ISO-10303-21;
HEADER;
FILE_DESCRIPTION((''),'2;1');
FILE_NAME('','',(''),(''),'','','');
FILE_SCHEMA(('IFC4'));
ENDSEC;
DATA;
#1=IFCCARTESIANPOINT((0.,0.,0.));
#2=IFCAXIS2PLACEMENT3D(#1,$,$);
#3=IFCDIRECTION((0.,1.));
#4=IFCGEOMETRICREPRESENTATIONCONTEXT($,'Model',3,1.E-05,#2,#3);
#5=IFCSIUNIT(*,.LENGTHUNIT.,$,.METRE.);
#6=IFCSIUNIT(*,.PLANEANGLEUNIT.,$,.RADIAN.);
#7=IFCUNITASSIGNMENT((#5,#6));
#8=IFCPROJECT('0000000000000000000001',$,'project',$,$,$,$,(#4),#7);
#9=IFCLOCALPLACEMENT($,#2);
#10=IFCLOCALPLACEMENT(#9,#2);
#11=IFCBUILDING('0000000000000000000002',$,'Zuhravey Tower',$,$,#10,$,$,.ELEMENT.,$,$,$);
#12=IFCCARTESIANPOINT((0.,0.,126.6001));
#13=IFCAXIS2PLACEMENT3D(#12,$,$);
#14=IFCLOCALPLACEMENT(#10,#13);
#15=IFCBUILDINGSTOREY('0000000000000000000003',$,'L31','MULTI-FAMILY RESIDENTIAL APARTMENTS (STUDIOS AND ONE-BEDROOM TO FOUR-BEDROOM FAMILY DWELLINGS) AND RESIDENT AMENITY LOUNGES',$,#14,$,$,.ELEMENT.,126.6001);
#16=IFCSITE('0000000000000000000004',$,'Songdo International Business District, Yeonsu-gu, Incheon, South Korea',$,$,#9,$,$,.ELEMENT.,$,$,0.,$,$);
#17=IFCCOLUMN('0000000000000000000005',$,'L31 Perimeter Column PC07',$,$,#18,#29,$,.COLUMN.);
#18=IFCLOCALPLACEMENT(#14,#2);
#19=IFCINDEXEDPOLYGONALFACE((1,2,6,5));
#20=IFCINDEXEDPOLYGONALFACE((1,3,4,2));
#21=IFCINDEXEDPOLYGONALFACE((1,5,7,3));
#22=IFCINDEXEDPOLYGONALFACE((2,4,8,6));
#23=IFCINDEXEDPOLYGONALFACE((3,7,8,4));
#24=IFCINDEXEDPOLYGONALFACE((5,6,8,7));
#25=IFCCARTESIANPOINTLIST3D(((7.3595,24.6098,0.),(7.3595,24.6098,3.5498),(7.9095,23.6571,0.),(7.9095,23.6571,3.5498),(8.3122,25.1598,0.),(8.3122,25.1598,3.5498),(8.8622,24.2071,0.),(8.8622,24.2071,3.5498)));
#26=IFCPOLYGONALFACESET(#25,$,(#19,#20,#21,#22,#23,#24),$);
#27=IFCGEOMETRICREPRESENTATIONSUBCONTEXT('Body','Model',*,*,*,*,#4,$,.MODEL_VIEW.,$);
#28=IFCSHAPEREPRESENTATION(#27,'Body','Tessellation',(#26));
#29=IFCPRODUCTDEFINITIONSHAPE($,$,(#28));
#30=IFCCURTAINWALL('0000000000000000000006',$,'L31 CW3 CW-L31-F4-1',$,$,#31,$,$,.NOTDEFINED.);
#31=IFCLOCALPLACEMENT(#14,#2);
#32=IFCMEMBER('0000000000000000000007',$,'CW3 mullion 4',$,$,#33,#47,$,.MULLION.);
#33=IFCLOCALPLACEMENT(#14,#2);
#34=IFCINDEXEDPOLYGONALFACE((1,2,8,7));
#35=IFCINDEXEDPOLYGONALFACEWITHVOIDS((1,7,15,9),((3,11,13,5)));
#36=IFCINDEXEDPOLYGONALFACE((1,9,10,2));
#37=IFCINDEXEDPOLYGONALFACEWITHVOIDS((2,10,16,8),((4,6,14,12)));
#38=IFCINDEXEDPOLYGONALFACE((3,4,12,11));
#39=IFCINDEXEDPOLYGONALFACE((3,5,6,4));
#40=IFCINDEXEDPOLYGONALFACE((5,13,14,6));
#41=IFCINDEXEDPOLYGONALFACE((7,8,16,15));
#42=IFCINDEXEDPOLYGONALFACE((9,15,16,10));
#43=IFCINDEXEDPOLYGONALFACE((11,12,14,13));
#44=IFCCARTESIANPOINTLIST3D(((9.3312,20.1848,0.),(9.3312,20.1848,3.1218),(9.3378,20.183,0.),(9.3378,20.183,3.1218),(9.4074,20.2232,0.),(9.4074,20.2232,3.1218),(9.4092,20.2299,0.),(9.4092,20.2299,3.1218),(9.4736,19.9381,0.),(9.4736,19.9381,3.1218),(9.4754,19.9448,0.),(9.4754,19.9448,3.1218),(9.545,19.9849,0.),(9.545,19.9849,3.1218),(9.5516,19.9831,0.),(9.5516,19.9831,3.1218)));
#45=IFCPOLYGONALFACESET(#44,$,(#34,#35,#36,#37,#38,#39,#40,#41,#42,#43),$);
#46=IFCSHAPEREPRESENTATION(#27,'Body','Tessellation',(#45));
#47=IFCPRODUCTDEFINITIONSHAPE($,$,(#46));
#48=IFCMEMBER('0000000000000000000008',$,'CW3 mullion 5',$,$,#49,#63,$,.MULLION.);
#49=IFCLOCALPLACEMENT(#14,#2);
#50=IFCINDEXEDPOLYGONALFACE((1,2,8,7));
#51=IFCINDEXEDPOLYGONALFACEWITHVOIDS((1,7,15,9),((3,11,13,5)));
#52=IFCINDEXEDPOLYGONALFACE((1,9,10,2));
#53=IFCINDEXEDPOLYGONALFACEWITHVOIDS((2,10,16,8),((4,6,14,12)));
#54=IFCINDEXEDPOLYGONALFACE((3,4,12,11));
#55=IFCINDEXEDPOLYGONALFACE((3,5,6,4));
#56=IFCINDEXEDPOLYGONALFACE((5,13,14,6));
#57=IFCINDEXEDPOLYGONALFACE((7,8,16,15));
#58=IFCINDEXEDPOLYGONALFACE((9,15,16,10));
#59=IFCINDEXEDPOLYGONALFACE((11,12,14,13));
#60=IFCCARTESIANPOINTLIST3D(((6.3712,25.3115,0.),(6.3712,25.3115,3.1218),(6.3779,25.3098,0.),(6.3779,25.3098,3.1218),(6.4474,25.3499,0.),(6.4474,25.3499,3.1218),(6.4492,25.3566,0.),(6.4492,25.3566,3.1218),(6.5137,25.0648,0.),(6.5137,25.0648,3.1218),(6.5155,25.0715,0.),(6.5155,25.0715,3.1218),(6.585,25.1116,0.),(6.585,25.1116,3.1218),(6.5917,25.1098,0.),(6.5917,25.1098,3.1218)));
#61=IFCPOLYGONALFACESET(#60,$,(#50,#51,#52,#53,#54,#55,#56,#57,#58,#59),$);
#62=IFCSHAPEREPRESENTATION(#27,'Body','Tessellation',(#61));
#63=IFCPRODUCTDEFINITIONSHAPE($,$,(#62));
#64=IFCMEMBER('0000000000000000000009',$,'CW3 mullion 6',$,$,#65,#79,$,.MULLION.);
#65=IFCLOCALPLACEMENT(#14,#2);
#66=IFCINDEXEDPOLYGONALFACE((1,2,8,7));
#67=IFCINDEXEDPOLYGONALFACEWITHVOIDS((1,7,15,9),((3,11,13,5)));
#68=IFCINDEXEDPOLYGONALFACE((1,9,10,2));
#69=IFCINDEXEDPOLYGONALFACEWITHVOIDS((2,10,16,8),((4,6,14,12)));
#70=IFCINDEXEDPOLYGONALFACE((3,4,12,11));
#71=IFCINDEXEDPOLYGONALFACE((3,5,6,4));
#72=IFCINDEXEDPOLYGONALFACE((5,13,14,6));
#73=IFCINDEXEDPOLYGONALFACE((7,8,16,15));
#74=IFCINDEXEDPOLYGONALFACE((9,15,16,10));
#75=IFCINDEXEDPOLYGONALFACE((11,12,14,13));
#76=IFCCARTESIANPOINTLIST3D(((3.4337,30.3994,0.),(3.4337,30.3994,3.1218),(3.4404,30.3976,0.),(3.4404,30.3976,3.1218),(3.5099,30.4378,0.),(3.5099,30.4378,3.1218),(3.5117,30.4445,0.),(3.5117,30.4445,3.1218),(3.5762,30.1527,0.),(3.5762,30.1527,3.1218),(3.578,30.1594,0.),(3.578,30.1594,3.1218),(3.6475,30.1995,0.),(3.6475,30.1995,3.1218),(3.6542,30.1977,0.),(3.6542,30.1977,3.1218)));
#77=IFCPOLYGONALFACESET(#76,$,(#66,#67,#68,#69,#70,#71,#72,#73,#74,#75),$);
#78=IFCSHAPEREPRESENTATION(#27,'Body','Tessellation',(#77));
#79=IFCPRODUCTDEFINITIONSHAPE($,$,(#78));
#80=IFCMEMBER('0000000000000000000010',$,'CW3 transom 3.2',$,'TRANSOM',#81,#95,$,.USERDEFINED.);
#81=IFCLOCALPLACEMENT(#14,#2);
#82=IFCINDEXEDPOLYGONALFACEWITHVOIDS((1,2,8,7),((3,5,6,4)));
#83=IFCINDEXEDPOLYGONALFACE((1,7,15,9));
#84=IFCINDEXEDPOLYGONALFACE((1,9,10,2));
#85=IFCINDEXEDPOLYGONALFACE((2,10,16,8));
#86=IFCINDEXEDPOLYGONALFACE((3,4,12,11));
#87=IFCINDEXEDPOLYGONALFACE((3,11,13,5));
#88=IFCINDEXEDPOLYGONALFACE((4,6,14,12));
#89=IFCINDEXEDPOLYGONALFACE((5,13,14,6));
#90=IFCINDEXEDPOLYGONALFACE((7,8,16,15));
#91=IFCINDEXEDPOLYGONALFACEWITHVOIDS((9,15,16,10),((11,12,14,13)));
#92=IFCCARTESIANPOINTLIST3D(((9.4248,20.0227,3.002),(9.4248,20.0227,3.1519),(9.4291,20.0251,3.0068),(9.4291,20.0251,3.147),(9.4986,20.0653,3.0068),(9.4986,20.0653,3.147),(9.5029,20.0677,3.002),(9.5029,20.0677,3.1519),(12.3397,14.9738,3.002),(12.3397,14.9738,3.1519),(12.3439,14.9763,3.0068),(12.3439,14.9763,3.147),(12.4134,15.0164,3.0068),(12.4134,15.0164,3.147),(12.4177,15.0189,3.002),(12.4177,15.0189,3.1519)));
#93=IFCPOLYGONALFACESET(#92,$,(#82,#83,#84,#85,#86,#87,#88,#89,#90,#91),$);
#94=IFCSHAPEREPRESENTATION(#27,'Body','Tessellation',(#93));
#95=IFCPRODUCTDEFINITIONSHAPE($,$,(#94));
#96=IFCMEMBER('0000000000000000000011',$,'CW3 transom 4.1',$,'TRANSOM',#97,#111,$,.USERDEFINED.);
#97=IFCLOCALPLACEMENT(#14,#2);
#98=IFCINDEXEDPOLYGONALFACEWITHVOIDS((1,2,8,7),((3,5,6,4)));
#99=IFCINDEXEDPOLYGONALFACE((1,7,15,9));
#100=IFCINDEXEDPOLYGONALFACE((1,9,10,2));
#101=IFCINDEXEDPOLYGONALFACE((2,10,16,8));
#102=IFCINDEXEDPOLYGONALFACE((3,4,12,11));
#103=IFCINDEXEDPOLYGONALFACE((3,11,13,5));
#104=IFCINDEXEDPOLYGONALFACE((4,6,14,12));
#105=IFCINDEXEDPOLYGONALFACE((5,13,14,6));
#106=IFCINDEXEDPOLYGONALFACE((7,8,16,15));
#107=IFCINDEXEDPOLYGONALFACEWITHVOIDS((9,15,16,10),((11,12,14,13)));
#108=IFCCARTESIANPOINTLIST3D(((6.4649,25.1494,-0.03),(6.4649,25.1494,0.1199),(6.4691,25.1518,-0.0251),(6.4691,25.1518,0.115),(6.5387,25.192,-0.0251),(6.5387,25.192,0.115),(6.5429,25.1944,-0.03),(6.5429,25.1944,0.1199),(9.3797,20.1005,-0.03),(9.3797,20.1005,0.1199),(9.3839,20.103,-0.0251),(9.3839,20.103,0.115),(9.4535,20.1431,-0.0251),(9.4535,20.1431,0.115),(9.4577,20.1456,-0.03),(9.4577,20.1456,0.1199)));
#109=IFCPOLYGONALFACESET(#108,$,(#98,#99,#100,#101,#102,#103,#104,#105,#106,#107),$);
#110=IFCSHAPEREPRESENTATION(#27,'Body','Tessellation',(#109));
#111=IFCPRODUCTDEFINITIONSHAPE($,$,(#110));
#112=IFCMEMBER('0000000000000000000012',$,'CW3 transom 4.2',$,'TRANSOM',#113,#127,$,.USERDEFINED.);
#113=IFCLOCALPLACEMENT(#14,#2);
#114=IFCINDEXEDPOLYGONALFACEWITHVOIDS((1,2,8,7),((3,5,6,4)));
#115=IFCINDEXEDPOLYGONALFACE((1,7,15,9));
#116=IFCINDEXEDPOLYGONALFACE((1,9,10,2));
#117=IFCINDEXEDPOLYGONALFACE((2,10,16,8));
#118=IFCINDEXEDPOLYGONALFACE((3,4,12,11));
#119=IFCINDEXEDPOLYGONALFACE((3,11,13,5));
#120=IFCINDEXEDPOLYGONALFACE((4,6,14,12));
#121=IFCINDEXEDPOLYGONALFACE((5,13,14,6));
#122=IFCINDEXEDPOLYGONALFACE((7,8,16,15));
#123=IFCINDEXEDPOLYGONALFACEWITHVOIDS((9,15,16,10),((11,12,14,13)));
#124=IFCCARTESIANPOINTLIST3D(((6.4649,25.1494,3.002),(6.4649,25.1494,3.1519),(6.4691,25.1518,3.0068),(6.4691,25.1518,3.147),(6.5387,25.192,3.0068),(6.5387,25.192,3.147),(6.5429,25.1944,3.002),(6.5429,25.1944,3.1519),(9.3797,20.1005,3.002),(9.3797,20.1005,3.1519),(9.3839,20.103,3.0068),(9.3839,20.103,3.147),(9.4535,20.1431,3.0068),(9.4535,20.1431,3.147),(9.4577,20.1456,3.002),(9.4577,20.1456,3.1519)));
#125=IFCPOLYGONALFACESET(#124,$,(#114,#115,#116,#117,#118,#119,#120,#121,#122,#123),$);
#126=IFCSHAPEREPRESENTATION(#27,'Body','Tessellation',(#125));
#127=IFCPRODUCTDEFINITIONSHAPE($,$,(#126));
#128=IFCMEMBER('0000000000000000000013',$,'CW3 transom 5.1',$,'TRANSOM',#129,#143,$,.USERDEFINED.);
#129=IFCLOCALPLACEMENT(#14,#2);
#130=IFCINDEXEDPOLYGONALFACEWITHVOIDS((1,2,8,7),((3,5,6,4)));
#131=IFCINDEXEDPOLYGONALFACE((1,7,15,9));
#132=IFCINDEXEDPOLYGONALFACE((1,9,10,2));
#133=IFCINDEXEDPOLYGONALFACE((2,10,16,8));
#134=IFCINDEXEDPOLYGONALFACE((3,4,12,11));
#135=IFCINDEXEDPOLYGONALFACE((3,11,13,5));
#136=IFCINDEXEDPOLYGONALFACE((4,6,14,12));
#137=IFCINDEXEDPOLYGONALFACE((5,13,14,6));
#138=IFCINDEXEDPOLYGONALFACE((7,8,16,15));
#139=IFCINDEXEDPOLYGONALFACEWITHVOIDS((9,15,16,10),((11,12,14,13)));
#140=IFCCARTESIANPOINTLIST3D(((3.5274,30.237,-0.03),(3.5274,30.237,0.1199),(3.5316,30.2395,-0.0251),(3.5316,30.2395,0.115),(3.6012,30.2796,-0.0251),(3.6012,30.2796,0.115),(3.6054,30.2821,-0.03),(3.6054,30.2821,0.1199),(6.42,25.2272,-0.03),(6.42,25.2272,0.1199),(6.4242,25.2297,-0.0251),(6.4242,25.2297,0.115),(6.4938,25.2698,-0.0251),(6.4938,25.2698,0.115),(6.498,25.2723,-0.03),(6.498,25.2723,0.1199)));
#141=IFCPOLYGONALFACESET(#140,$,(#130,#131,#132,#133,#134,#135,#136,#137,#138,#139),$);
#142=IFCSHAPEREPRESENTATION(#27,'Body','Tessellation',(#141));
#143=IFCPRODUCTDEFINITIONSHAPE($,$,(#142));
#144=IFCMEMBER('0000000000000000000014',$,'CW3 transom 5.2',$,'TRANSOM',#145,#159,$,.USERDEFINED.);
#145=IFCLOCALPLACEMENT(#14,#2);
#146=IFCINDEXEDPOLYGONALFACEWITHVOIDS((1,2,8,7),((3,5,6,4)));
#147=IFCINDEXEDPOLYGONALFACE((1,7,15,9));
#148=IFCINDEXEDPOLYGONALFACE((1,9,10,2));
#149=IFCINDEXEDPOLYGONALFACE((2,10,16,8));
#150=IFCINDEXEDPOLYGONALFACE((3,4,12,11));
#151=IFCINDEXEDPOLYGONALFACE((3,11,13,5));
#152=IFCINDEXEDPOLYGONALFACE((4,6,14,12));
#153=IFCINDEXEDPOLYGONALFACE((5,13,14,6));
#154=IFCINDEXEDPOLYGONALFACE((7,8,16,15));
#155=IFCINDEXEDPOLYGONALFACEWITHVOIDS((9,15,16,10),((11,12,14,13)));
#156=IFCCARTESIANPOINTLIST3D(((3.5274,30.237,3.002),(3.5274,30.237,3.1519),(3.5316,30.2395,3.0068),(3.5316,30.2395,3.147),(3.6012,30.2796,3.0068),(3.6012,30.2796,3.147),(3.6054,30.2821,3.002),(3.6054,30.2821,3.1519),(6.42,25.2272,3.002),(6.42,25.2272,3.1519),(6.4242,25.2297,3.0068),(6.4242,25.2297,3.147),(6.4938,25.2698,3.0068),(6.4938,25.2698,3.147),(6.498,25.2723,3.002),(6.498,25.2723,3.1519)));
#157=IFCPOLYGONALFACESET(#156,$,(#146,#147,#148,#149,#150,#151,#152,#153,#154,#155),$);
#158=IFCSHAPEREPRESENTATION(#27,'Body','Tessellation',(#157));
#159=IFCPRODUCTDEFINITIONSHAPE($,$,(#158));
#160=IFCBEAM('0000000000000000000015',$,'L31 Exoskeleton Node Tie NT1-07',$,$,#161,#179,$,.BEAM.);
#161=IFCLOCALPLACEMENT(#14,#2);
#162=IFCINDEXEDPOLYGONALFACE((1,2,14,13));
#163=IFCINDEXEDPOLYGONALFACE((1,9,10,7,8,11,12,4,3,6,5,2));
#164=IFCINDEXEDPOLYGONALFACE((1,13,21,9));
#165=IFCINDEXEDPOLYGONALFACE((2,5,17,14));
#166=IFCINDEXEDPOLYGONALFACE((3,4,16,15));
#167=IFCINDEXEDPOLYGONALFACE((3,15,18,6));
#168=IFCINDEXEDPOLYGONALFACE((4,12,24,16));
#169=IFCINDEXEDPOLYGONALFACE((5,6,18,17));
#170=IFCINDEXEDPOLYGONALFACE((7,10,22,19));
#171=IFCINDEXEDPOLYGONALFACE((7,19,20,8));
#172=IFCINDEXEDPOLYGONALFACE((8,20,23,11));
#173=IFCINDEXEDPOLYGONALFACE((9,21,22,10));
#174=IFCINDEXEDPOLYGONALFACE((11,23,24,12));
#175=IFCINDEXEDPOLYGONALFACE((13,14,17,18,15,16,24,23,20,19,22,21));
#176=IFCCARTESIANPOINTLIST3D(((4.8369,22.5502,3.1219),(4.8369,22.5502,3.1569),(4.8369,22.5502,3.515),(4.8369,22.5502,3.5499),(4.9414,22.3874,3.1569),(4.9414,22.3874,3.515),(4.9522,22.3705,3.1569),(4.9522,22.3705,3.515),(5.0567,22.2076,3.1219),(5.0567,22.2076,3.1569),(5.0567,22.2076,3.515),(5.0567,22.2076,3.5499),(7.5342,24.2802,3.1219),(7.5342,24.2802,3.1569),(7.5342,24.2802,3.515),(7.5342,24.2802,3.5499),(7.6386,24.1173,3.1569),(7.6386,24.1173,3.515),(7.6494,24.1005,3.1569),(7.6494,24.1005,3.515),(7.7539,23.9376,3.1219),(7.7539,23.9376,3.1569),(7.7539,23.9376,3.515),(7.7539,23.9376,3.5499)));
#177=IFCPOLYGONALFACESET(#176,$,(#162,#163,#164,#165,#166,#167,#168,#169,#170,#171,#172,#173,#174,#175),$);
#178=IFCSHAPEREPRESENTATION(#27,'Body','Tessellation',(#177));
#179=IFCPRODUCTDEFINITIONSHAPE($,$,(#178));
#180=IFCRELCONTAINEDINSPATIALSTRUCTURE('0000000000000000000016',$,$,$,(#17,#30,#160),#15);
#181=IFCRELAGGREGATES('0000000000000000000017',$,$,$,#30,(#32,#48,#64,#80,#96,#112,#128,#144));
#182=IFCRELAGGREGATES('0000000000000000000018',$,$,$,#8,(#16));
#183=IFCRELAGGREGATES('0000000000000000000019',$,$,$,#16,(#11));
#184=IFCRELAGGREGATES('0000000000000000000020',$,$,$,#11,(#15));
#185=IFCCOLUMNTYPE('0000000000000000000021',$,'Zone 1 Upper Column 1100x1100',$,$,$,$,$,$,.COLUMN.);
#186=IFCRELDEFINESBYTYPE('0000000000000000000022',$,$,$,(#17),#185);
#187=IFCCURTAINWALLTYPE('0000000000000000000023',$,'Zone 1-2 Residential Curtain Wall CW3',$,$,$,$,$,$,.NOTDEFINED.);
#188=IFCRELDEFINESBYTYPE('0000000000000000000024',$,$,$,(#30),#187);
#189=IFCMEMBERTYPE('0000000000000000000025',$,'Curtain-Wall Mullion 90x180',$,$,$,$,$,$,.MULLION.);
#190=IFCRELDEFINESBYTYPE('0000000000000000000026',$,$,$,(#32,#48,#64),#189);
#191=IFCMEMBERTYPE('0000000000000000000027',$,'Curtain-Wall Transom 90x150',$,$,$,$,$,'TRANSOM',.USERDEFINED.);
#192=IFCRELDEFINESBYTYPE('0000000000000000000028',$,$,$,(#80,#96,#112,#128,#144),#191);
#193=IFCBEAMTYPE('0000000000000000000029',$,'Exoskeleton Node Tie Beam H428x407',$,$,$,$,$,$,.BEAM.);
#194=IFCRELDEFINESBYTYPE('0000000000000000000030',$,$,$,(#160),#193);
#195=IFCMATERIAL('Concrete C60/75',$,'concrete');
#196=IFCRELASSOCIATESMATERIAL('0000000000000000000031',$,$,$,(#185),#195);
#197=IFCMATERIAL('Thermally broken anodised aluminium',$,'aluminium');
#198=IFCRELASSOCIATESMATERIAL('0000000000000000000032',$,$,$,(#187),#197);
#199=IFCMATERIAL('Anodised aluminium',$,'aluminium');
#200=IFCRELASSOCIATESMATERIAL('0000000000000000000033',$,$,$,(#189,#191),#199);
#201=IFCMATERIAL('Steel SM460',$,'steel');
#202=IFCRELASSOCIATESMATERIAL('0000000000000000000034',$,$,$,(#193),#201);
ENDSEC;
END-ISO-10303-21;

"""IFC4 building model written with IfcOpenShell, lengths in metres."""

from ifc_helpers import new_model, si_unit, direction, frame, origin, origin_2d, place, context, subcontext, project, spatial, rectangle, hollow_rectangle, i_section, extrude, material, material_profile, profile_set, type_object, element, aggregate, save


model = new_model("IFC4")

# Units and contexts
model_context = context("Model", 3, precision=1e-05, world=origin(), true_north=direction((0.0, 1.0)))
body_context = subcontext(model_context, "Body", "Model", "MODEL_VIEW")
ifc_project = project(units=[si_unit("LENGTHUNIT", "METRE"), si_unit("PLANEANGLEUNIT", "RADIAN")], contexts=[model_context])

# Site, building, storey
site_placement = place(None, origin())
site = spatial("IfcSite", under=ifc_project, at=site_placement, Name="Songdo International Business District, Yeonsu-gu, Incheon, South Korea", CompositionType="ELEMENT", RefElevation=0.0)
building_placement = place(site_placement, origin())
building = spatial("IfcBuilding", under=site, at=building_placement, Name="Zuhravey Tower", CompositionType="ELEMENT")
storey_placement = place(building_placement, frame((0.0, 0.0, 126.6001)))
storey = spatial("IfcBuildingStorey", under=building, at=storey_placement, Name="L31", Description="MULTI-FAMILY RESIDENTIAL APARTMENTS (STUDIOS AND ONE-BEDROOM TO FOUR-BEDROOM FAMILY DWELLINGS) AND RESIDENT AMENITY LOUNGES", CompositionType="ELEMENT", Elevation=126.6001)

# Column
ifc_material_1 = material(Name="Concrete C60/75", Category="concrete")
ifc_material_profile_1 = material_profile(ifc_material_1, rectangle(XDim=1.1001, YDim=1.1001, at=origin_2d()), Name="RC-1100x1100")
ifc_profile_set_1 = profile_set([ifc_material_profile_1], Name="Concrete C60/75")
column_type = type_object("IfcColumnType", Name="Zone 1 Upper Column 1100x1100", PredefinedType="COLUMN", material=ifc_profile_set_1)
column_placement = place(storey_placement, frame((8.1108, 24.4084, 0.0), z_axis=(0.0, 0.0, 1.0), x_axis=(0.5, -0.866025, 0.0)))
element("IfcColumn", 1, at=column_placement, inside=storey, type_object=column_type, Name="L31 Perimeter Column PC07", PredefinedType="COLUMN", context=body_context, shape_type="SweptSolid", body=[
    extrude(rectangle(XDim=1.1001, YDim=1.1001, at=origin_2d()), origin(), (0.0, 0.0, 1.0), 3.5498),
])

# Curtain wall, members
ifc_material_2 = material(Name="Thermally broken anodised aluminium", Category="aluminium")
curtain_wall_type = type_object("IfcCurtainWallType", Name="Zone 1-2 Residential Curtain Wall CW3", PredefinedType="NOTDEFINED", material=ifc_material_2)
curtain_wall_placement = place(storey_placement, origin())
curtain_wall = element("IfcCurtainWall", 2, at=curtain_wall_placement, inside=storey, type_object=curtain_wall_type, Name="L31 CW3 CW-L31-F4-1", PredefinedType="NOTDEFINED")
ifc_material_3 = material(Name="Anodised aluminium", Category="aluminium")
ifc_material_profile_2 = material_profile(ifc_material_3, hollow_rectangle(XDim=0.0901, YDim=0.2849, WallThickness=0.0049, at=origin_2d()), Name="ALU-RHS-90x285x5")
ifc_profile_set_2 = profile_set([ifc_material_profile_2], Name="Anodised aluminium")
member_type_1 = type_object("IfcMemberType", Name="Curtain-Wall Mullion 90x180", PredefinedType="MULLION", material=ifc_profile_set_2)
member_1_placement = place(storey_placement, frame((9.4414, 20.084, 0.0), z_axis=(0.0, 0.0, 1.0), x_axis=(-0.866026, -0.5, 0.0)))
member_1 = element("IfcMember", 3, at=member_1_placement, type_object=member_type_1, Name="CW3 mullion 4", PredefinedType="MULLION", context=body_context, shape_type="SweptSolid", body=[
    extrude(hollow_rectangle(XDim=0.0901, YDim=0.2849, WallThickness=0.0049, at=origin_2d()), origin(), (0.0, 0.0, 1.0), 3.1218),
])
member_2_placement = place(storey_placement, frame((6.4814, 25.2107, 0.0), z_axis=(0.0, 0.0, 1.0), x_axis=(-0.866026, -0.5, 0.0)))
member_2 = element("IfcMember", 4, at=member_2_placement, type_object=member_type_1, Name="CW3 mullion 5", PredefinedType="MULLION", context=body_context, shape_type="SweptSolid", body=[
    extrude(hollow_rectangle(XDim=0.0901, YDim=0.2849, WallThickness=0.0049, at=origin_2d()), origin(), (0.0, 0.0, 1.0), 3.1218),
])
member_3_placement = place(storey_placement, frame((3.5439, 30.2986, 0.0), z_axis=(0.0, 0.0, 1.0), x_axis=(-0.866026, -0.5, 0.0)))
member_3 = element("IfcMember", 5, at=member_3_placement, type_object=member_type_1, Name="CW3 mullion 6", PredefinedType="MULLION", context=body_context, shape_type="SweptSolid", body=[
    extrude(hollow_rectangle(XDim=0.0901, YDim=0.2849, WallThickness=0.0049, at=origin_2d()), origin(), (0.0, 0.0, 1.0), 3.1218),
])
ifc_material_profile_3 = material_profile(ifc_material_3, hollow_rectangle(XDim=0.0901, YDim=0.1499, WallThickness=0.0049, at=origin_2d()), Name="ALU-RHS-90x150x5")
ifc_profile_set_3 = profile_set([ifc_material_profile_3], Name="Anodised aluminium")
member_type_2 = type_object("IfcMemberType", Name="Curtain-Wall Transom 90x150", ElementType="TRANSOM", PredefinedType="USERDEFINED", material=ifc_profile_set_3)
member_4_placement = place(storey_placement, frame((12.3787, 14.9963, 3.0769), z_axis=(-0.499981, 0.866036, 0.0), x_axis=(-0.866036, -0.499981, 0.0)))
member_4 = element("IfcMember", 6, at=member_4_placement, type_object=member_type_2, Name="CW3 transom 3.2", ObjectType="TRANSOM", PredefinedType="USERDEFINED", context=body_context, shape_type="SweptSolid", body=[
    extrude(hollow_rectangle(XDim=0.0901, YDim=0.1499, WallThickness=0.0049, at=origin_2d()), origin(), (0.0, 0.0, 1.0), 5.8298),
])
member_5_placement = place(storey_placement, frame((9.4187, 20.123, 0.0449), z_axis=(-0.499981, 0.866036, 0.0), x_axis=(-0.866036, -0.499981, 0.0)))
member_5 = element("IfcMember", 7, at=member_5_placement, type_object=member_type_2, Name="CW3 transom 4.1", ObjectType="TRANSOM", PredefinedType="USERDEFINED", context=body_context, shape_type="SweptSolid", body=[
    extrude(hollow_rectangle(XDim=0.0901, YDim=0.1499, WallThickness=0.0049, at=origin_2d()), origin(), (0.0, 0.0, 1.0), 5.8298),
])
member_6_placement = place(storey_placement, frame((9.4187, 20.123, 3.0769), z_axis=(-0.499981, 0.866036, 0.0), x_axis=(-0.866036, -0.499981, 0.0)))
member_6 = element("IfcMember", 8, at=member_6_placement, type_object=member_type_2, Name="CW3 transom 4.2", ObjectType="TRANSOM", PredefinedType="USERDEFINED", context=body_context, shape_type="SweptSolid", body=[
    extrude(hollow_rectangle(XDim=0.0901, YDim=0.1499, WallThickness=0.0049, at=origin_2d()), origin(), (0.0, 0.0, 1.0), 5.8298),
])
member_7_placement = place(storey_placement, frame((6.459, 25.2498, 0.0449), z_axis=(-0.500024, 0.866011, 0.0), x_axis=(-0.866011, -0.500024, 0.0)))
member_7 = element("IfcMember", 9, at=member_7_placement, type_object=member_type_2, Name="CW3 transom 5.1", ObjectType="TRANSOM", PredefinedType="USERDEFINED", context=body_context, shape_type="SweptSolid", body=[
    extrude(hollow_rectangle(XDim=0.0901, YDim=0.1499, WallThickness=0.0049, at=origin_2d()), origin(), (0.0, 0.0, 1.0), 5.7849),
])
member_8_placement = place(storey_placement, frame((6.459, 25.2498, 3.0769), z_axis=(-0.500024, 0.866011, 0.0), x_axis=(-0.866011, -0.500024, 0.0)))
member_8 = element("IfcMember", 10, at=member_8_placement, type_object=member_type_2, Name="CW3 transom 5.2", ObjectType="TRANSOM", PredefinedType="USERDEFINED", context=body_context, shape_type="SweptSolid", body=[
    extrude(hollow_rectangle(XDim=0.0901, YDim=0.1499, WallThickness=0.0049, at=origin_2d()), origin(), (0.0, 0.0, 1.0), 5.7849),
])

# Beam
ifc_material_4 = material(Name="Steel SM460", Category="steel")
ifc_material_profile_4 = material_profile(ifc_material_4, i_section(OverallWidth=0.407, OverallDepth=0.428, WebThickness=0.02, FlangeThickness=0.0349, at=origin_2d()), Name="H-428x407x20x35")
ifc_profile_set_4 = profile_set([ifc_material_profile_4], Name="Steel SM460")
beam_type_1 = type_object("IfcBeamType", Name="Exoskeleton Node Tie Beam H428x407", PredefinedType="BEAM", material=ifc_profile_set_4)
beam_1_placement = place(storey_placement, frame((7.644, 24.1089, 3.3359), z_axis=(-0.841742, -0.539879, 0.0), x_axis=(0.539879, -0.841742, 0.0)))
element("IfcBeam", 11, at=beam_1_placement, inside=storey, type_object=beam_type_1, Name="L31 Exoskeleton Node Tie NT1-07", PredefinedType="BEAM", context=body_context, shape_type="SweptSolid", body=[
    extrude(i_section(OverallWidth=0.407, OverallDepth=0.428, WebThickness=0.02, FlangeThickness=0.0349, at=origin_2d()), origin(), (0.0, 0.0, 1.0), 3.2043),
])

aggregate(curtain_wall, [member_1, member_2, member_3, member_4, member_5, member_6, member_7, member_8])

save(model, "model.ifc")
